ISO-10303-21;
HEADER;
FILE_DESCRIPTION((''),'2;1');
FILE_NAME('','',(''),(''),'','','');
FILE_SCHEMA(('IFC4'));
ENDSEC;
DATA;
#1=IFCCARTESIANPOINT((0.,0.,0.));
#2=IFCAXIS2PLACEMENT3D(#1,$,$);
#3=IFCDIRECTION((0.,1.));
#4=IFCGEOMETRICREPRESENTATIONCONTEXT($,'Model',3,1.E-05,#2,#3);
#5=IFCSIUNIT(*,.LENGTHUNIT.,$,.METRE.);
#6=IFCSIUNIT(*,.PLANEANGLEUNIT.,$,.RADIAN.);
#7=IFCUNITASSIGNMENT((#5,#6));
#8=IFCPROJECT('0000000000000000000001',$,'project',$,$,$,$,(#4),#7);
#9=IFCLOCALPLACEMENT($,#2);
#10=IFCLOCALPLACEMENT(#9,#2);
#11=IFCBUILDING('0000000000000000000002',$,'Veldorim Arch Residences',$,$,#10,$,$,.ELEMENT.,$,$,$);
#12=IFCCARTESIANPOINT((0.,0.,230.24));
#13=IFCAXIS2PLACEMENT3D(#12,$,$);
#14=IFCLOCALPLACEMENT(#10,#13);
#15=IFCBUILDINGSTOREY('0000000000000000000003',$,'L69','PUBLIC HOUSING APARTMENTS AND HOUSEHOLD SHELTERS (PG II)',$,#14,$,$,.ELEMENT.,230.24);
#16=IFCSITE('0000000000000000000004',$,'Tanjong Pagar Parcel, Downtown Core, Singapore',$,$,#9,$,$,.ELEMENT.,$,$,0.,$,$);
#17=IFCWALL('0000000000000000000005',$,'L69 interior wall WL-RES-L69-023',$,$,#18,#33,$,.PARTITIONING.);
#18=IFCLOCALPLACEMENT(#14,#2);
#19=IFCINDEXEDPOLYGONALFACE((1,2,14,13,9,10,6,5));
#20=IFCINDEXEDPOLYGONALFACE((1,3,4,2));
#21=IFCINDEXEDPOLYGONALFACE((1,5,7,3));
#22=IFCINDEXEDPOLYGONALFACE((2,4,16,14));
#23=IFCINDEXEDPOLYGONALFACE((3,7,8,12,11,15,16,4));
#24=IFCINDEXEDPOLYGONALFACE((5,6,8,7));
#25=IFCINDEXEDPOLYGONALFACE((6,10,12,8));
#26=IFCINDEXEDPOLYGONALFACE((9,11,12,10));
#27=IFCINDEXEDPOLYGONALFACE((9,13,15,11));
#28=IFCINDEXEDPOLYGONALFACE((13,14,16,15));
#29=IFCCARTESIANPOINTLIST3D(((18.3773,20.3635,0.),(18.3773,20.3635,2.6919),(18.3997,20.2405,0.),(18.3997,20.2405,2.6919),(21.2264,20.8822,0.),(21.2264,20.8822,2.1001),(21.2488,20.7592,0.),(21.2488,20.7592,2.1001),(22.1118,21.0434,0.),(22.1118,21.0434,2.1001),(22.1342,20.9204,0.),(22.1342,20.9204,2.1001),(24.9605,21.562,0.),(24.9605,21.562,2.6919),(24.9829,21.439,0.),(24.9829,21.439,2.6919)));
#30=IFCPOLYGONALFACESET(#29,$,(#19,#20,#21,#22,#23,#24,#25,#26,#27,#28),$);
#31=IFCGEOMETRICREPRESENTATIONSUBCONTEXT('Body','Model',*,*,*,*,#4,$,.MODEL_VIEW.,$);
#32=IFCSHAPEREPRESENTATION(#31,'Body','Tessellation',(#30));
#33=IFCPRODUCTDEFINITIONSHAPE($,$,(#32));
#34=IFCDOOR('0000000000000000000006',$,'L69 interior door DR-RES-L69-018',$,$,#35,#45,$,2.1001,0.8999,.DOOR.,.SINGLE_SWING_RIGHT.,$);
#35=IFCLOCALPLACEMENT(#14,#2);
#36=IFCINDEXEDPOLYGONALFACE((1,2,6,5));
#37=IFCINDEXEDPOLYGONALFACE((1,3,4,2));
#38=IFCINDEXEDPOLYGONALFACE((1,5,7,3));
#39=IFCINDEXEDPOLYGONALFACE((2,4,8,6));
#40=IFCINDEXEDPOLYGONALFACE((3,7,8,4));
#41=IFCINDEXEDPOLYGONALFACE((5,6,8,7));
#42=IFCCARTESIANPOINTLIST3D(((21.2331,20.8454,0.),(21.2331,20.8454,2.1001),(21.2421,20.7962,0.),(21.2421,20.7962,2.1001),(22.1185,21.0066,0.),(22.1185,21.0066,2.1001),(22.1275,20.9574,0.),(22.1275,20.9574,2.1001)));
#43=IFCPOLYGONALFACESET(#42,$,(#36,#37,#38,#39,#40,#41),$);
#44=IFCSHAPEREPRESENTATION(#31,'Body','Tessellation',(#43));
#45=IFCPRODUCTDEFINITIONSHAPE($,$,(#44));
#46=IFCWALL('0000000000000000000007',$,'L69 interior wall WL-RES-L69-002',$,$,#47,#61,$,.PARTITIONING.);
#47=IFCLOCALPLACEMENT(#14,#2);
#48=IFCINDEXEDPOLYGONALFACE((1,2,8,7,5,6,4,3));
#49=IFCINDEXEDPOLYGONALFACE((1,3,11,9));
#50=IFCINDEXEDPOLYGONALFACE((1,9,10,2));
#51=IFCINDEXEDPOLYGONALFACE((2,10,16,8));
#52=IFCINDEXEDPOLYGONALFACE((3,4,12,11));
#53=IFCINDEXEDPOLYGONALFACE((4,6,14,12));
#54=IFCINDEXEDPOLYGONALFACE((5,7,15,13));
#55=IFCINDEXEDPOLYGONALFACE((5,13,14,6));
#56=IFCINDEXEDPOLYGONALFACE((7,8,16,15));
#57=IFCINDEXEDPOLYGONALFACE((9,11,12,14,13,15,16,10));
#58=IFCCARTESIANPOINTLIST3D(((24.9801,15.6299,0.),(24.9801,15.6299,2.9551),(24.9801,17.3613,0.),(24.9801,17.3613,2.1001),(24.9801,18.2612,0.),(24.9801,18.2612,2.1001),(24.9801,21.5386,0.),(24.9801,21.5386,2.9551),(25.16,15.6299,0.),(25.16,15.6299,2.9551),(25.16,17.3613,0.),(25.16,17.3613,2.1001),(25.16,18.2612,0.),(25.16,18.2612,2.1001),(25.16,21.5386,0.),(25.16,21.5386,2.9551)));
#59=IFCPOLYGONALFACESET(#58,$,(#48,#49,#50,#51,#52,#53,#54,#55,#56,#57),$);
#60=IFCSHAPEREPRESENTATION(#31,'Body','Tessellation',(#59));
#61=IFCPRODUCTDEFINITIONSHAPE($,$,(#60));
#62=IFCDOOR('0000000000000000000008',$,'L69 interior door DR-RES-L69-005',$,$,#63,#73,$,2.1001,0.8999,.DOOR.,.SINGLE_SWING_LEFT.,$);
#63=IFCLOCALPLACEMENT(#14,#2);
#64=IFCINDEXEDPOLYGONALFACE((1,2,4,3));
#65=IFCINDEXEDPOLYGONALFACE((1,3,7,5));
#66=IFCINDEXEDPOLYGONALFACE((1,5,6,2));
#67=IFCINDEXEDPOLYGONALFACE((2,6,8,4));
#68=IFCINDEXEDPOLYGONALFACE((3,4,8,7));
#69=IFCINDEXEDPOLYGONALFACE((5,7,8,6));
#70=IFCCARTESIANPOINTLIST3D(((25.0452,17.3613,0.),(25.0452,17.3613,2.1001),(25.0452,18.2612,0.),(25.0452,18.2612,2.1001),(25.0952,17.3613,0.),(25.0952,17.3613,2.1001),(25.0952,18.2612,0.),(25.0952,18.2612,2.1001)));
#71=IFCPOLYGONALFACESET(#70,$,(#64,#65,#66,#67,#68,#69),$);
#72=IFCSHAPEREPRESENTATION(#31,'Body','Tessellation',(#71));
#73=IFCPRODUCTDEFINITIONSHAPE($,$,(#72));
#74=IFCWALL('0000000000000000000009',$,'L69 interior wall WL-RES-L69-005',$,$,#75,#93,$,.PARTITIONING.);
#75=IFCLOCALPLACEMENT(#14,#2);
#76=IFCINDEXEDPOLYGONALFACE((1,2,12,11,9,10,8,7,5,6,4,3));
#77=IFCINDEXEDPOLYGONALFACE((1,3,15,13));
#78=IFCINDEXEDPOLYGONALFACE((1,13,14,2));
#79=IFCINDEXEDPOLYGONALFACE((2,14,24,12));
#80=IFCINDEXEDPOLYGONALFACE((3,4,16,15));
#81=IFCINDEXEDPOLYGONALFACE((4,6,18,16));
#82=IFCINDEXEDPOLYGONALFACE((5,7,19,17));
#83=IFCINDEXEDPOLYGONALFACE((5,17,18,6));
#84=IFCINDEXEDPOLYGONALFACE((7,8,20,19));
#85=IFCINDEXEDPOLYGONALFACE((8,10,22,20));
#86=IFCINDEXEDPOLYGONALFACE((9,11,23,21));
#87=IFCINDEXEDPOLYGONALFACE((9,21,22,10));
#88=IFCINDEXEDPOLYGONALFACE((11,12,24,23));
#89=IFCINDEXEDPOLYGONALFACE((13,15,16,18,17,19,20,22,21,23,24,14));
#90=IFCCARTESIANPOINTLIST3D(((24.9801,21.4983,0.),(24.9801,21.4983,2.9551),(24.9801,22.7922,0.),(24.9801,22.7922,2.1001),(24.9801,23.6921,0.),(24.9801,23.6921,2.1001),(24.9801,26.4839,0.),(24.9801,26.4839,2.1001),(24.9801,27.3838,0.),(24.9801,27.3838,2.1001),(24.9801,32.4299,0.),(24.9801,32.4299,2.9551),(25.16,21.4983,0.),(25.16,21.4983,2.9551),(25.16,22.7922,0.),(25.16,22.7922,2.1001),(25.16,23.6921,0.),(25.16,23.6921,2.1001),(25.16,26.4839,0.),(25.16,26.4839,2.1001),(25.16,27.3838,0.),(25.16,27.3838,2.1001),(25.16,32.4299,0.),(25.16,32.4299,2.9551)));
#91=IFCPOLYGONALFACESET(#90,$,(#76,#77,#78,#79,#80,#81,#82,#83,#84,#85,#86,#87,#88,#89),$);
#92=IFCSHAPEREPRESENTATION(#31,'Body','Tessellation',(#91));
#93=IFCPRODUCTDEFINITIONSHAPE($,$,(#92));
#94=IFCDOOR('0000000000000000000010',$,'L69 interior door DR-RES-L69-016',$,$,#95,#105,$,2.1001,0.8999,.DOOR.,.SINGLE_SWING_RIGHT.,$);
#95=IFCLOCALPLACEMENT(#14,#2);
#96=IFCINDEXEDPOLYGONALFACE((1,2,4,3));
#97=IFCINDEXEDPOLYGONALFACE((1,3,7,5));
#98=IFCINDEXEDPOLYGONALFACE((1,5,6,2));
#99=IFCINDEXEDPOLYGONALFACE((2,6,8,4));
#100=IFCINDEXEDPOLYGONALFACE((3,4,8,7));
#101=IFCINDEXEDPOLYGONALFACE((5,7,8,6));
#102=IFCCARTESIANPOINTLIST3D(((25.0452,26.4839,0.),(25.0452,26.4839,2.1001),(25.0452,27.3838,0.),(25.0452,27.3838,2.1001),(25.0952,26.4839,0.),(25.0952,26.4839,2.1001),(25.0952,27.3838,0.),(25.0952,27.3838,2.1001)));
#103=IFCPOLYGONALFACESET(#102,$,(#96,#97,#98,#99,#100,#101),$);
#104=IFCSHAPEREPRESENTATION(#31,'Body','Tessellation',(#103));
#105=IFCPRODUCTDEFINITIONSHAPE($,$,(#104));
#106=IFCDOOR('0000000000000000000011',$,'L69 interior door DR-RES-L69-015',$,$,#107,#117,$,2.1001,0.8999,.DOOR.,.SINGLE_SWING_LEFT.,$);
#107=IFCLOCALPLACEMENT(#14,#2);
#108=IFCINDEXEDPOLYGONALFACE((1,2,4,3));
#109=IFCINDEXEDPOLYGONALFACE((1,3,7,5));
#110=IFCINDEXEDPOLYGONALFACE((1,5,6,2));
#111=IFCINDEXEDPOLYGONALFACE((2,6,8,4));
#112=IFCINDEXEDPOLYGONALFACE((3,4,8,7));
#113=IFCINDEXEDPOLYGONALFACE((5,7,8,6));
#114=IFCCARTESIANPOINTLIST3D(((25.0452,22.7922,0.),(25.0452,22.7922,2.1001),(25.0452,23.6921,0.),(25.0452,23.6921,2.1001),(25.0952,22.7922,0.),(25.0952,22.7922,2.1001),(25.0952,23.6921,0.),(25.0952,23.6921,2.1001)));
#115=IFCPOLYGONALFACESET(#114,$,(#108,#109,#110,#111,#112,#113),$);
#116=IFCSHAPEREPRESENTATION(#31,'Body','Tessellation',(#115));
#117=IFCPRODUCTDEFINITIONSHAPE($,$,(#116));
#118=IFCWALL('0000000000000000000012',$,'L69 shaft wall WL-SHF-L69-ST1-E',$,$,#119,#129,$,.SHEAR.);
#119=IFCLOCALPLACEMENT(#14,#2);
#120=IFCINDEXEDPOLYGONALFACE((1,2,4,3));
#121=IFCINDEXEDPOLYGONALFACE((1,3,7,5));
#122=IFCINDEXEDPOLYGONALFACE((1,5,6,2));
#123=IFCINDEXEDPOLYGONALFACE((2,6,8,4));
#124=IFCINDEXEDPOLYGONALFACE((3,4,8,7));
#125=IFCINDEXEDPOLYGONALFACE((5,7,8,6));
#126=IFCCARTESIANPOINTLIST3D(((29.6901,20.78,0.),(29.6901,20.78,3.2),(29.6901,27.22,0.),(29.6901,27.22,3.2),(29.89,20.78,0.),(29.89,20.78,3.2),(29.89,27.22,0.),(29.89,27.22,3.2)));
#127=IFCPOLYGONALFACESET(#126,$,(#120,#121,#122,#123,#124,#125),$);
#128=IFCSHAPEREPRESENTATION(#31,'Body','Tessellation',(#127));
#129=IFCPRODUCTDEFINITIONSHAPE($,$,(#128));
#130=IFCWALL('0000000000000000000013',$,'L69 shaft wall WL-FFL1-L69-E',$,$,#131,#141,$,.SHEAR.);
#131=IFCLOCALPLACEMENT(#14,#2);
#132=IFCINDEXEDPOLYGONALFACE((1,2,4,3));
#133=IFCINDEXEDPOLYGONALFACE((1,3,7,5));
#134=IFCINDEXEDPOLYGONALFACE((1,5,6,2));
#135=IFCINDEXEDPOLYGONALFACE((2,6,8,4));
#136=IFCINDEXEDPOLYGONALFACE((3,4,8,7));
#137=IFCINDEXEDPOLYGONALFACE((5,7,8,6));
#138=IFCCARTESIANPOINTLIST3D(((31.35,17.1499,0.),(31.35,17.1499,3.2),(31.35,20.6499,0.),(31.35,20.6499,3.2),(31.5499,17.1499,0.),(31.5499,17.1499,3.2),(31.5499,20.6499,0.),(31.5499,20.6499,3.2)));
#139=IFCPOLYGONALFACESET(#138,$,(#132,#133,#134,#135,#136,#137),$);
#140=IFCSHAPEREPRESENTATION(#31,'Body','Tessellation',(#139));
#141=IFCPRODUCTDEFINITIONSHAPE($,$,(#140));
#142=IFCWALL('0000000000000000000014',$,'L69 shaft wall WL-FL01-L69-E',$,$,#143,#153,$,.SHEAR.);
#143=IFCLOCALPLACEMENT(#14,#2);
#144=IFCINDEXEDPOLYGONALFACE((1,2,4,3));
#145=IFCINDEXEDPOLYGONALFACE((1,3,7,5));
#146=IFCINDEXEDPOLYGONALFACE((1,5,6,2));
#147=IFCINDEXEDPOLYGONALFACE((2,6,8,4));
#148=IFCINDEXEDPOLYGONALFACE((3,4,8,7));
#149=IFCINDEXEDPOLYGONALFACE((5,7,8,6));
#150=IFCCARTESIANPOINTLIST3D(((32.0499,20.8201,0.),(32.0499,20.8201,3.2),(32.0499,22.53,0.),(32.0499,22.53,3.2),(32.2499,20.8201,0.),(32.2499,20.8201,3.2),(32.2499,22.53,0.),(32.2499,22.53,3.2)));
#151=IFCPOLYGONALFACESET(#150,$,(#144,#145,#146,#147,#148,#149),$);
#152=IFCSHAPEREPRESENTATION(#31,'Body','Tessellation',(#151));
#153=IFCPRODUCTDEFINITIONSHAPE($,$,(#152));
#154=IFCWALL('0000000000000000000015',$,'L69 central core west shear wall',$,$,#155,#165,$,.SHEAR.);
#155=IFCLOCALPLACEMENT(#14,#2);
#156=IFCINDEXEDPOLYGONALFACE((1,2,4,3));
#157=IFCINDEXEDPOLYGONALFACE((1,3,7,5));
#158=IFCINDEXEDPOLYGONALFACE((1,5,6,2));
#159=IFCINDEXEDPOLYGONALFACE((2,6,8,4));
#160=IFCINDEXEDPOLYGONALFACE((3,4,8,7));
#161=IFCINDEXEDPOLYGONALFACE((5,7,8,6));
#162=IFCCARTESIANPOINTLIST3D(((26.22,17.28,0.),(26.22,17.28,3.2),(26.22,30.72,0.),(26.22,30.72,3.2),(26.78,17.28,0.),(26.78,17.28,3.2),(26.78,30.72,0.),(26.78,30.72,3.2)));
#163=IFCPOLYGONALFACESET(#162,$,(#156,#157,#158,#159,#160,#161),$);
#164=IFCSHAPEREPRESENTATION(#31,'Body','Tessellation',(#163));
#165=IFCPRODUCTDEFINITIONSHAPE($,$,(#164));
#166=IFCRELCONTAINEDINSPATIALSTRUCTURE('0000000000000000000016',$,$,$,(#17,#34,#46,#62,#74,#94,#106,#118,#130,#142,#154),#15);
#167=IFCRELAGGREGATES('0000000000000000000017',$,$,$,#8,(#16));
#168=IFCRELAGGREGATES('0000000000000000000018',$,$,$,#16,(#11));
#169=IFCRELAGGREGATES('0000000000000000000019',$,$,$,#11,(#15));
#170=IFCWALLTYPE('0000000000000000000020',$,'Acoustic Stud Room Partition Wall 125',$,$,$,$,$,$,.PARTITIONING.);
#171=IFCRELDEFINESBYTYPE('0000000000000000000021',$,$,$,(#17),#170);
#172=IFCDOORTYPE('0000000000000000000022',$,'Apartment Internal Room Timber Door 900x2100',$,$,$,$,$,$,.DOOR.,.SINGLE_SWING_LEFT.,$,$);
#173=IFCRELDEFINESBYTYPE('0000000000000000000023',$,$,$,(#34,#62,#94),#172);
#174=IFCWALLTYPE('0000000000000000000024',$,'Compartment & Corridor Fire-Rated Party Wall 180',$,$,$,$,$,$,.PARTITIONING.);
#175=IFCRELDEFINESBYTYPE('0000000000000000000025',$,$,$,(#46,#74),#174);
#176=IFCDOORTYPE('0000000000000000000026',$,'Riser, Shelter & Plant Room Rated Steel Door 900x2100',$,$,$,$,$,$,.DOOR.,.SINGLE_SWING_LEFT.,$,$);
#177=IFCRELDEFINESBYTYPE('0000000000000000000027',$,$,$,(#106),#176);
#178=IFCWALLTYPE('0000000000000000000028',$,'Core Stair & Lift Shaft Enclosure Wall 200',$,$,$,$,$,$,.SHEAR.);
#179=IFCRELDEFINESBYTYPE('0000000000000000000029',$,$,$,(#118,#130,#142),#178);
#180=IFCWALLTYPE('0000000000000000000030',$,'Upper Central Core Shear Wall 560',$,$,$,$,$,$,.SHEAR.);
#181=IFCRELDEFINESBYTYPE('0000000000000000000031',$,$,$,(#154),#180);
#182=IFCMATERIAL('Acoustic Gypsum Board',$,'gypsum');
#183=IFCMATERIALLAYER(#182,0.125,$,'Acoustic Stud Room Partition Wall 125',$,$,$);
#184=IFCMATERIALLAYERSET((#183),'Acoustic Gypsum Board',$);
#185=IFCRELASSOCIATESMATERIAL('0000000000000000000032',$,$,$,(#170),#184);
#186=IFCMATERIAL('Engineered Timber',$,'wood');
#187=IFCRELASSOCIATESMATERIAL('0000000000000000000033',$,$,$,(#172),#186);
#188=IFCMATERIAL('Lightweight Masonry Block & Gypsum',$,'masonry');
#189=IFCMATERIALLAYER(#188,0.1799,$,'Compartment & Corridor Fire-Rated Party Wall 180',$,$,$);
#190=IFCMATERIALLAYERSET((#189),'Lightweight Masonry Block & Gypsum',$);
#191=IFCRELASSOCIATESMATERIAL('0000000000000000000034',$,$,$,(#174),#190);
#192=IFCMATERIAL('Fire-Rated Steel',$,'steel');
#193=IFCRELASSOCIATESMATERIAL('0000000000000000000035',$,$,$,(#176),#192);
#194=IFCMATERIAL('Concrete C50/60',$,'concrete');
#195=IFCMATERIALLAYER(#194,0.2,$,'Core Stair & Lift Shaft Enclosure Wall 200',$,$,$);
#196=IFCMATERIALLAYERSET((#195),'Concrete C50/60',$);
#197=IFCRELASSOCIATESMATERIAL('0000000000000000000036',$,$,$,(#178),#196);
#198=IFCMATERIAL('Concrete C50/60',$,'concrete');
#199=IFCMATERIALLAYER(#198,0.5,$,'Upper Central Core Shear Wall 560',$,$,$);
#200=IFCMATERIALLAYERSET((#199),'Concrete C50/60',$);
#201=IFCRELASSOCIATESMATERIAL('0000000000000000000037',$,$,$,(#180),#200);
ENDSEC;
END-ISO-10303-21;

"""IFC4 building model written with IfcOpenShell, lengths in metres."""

from ifc_helpers import new_model, si_unit, direction, frame, frame_2d, origin, place, context, subcontext, project, spatial, rectangle, extrude, material, layer, layer_set, type_object, element, fill, save


model = new_model("IFC4")

# Units and contexts
model_context = context("Model", 3, precision=1e-05, world=origin(), true_north=direction((0.0, 1.0)))
body_context = subcontext(model_context, "Body", "Model", "MODEL_VIEW")
ifc_project = project(units=[si_unit("LENGTHUNIT", "METRE"), si_unit("PLANEANGLEUNIT", "RADIAN")], contexts=[model_context])

# Site, building, storey
site_placement = place(None, origin())
site = spatial("IfcSite", under=ifc_project, at=site_placement, Name="Tanjong Pagar Parcel, Downtown Core, Singapore", CompositionType="ELEMENT", RefElevation=0.0)
building_placement = place(site_placement, origin())
building = spatial("IfcBuilding", under=site, at=building_placement, Name="Veldorim Arch Residences", CompositionType="ELEMENT")
storey_placement = place(building_placement, frame((0.0, 0.0, 230.24)))
storey = spatial("IfcBuildingStorey", under=building, at=storey_placement, Name="L69", Description="PUBLIC HOUSING APARTMENTS AND HOUSEHOLD SHELTERS (PG II)", CompositionType="ELEMENT", Elevation=230.24)

# Walls, openings, doors
ifc_material_1 = material(Name="Acoustic Gypsum Board", Category="gypsum")
ifc_layer_1 = layer(ifc_material_1, 0.125, Name="Acoustic Stud Room Partition Wall 125")
ifc_layer_set_1 = layer_set([ifc_layer_1], Name="Acoustic Gypsum Board")
wall_type_1 = type_object("IfcWallType", Name="Acoustic Stud Room Partition Wall 125", PredefinedType="PARTITIONING", material=ifc_layer_set_1)
wall_1_placement = place(storey_placement, frame((24.9717, 21.5005, 0.0), z_axis=(0.0, 0.0, 1.0), x_axis=(-0.98383, -0.179107, 0.0)))
wall_1 = element("IfcWall", 1, at=wall_1_placement, inside=storey, type_object=wall_type_1, Name="L69 interior wall WL-RES-L69-023", PredefinedType="PARTITIONING", context=body_context, shape_type="SweptSolid", body=[
    extrude(rectangle(XDim=6.6914, YDim=0.125, at=frame_2d((3.3457, 0.0))), origin(), (0.0, 0.0, 1.0), 2.6919),
])
opening_1_placement = place(wall_1_placement, frame((2.8955, 0.0, 0.0)))
opening_1 = element("IfcOpeningElement", 2, at=opening_1_placement, cuts=wall_1, PredefinedType="OPENING", context=body_context, shape_type="SweptSolid", body=[
    extrude(rectangle(XDim=0.8999, YDim=2.1001, at=frame_2d((0.45, 1.05))), frame((0.0, 0.0725, 0.0), z_axis=(0.0, -1.0, 0.0), x_axis=(1.0, 0.0, 0.0)), (0.0, 0.0, 1.0), 0.145),
])
ifc_material_2 = material(Name="Engineered Timber", Category="wood")
door_type_1 = type_object("IfcDoorType", Name="Apartment Internal Room Timber Door 900x2100", OperationType="SINGLE_SWING_LEFT", PredefinedType="DOOR", material=ifc_material_2)
door_1_placement = place(opening_1_placement, origin())
door_1 = element("IfcDoor", 3, at=door_1_placement, inside=storey, type_object=door_type_1, Name="L69 interior door DR-RES-L69-018", OperationType="SINGLE_SWING_RIGHT", OverallHeight=2.1001, OverallWidth=0.8999, PredefinedType="DOOR", context=body_context, shape_type="SweptSolid", body=[
    extrude(rectangle(XDim=0.8999, YDim=2.1001, at=frame_2d((0.45, 1.05))), frame((0.0, 0.0249, 0.0), z_axis=(0.0, -1.0, 0.0), x_axis=(1.0, 0.0, 0.0)), (0.0, 0.0, 1.0), 0.05),
])
fill(opening_1, door_1)
ifc_material_3 = material(Name="Lightweight Masonry Block & Gypsum", Category="masonry")
ifc_layer_2 = layer(ifc_material_3, 0.1799, Name="Compartment & Corridor Fire-Rated Party Wall 180")
ifc_layer_set_2 = layer_set([ifc_layer_2], Name="Lightweight Masonry Block & Gypsum")
wall_type_2 = type_object("IfcWallType", Name="Compartment & Corridor Fire-Rated Party Wall 180", PredefinedType="PARTITIONING", material=ifc_layer_set_2)
wall_2_placement = place(storey_placement, frame((25.0701, 15.6299, 0.0), z_axis=(0.0, 0.0, 1.0), x_axis=(0.0, 1.0, 0.0)))
wall_2 = element("IfcWall", 4, at=wall_2_placement, inside=storey, type_object=wall_type_2, Name="L69 interior wall WL-RES-L69-002", PredefinedType="PARTITIONING", context=body_context, shape_type="SweptSolid", body=[
    extrude(rectangle(XDim=5.9087, YDim=0.1799, at=frame_2d((2.9543, 0.0))), origin(), (0.0, 0.0, 1.0), 2.9551),
])
opening_2_placement = place(wall_2_placement, frame((1.7314, 0.0, 0.0)))
opening_2 = element("IfcOpeningElement", 5, at=opening_2_placement, cuts=wall_2, PredefinedType="OPENING", context=body_context, shape_type="SweptSolid", body=[
    extrude(rectangle(XDim=0.8999, YDim=2.1001, at=frame_2d((0.45, 1.05))), frame((0.0, 0.0999, 0.0), z_axis=(0.0, -1.0, 0.0), x_axis=(1.0, 0.0, 0.0)), (0.0, 0.0, 1.0), 0.2),
])
door_2_placement = place(opening_2_placement, origin())
door_2 = element("IfcDoor", 6, at=door_2_placement, inside=storey, type_object=door_type_1, Name="L69 interior door DR-RES-L69-005", OperationType="SINGLE_SWING_LEFT", OverallHeight=2.1001, OverallWidth=0.8999, PredefinedType="DOOR", context=body_context, shape_type="SweptSolid", body=[
    extrude(rectangle(XDim=0.8999, YDim=2.1001, at=frame_2d((0.45, 1.05))), frame((0.0, 0.0249, 0.0), z_axis=(0.0, -1.0, 0.0), x_axis=(1.0, 0.0, 0.0)), (0.0, 0.0, 1.0), 0.05),
])
fill(opening_2, door_2)

# Wall, openings, doors
wall_3_placement = place(storey_placement, frame((25.0701, 21.4983, 0.0), z_axis=(0.0, 0.0, 1.0), x_axis=(0.0, 1.0, 0.0)))
wall_3 = element("IfcWall", 7, at=wall_3_placement, inside=storey, type_object=wall_type_2, Name="L69 interior wall WL-RES-L69-005", PredefinedType="PARTITIONING", context=body_context, shape_type="SweptSolid", body=[
    extrude(rectangle(XDim=10.9316, YDim=0.1799, at=frame_2d((5.4658, 0.0))), origin(), (0.0, 0.0, 1.0), 2.9551),
])
opening_3_placement = place(wall_3_placement, frame((1.2939, 0.0, 0.0)))
opening_3 = element("IfcOpeningElement", 8, at=opening_3_placement, cuts=wall_3, PredefinedType="OPENING", context=body_context, shape_type="SweptSolid", body=[
    extrude(rectangle(XDim=0.8999, YDim=2.1001, at=frame_2d((0.45, 1.05))), frame((0.0, 0.0999, 0.0), z_axis=(0.0, -1.0, 0.0), x_axis=(1.0, 0.0, 0.0)), (0.0, 0.0, 1.0), 0.2),
])
opening_4_placement = place(wall_3_placement, frame((4.9856, 0.0, 0.0)))
opening_4 = element("IfcOpeningElement", 9, at=opening_4_placement, cuts=wall_3, PredefinedType="OPENING", context=body_context, shape_type="SweptSolid", body=[
    extrude(rectangle(XDim=0.8999, YDim=2.1001, at=frame_2d((0.45, 1.05))), frame((0.0, 0.0999, 0.0), z_axis=(0.0, -1.0, 0.0), x_axis=(1.0, 0.0, 0.0)), (0.0, 0.0, 1.0), 0.2),
])
door_3_placement = place(opening_4_placement, origin())
door_3 = element("IfcDoor", 10, at=door_3_placement, inside=storey, type_object=door_type_1, Name="L69 interior door DR-RES-L69-016", OperationType="SINGLE_SWING_RIGHT", OverallHeight=2.1001, OverallWidth=0.8999, PredefinedType="DOOR", context=body_context, shape_type="SweptSolid", body=[
    extrude(rectangle(XDim=0.8999, YDim=2.1001, at=frame_2d((0.45, 1.05))), frame((0.0, 0.0249, 0.0), z_axis=(0.0, -1.0, 0.0), x_axis=(1.0, 0.0, 0.0)), (0.0, 0.0, 1.0), 0.05),
])
fill(opening_4, door_3)
ifc_material_4 = material(Name="Fire-Rated Steel", Category="steel")
door_type_2 = type_object("IfcDoorType", Name="Riser, Shelter & Plant Room Rated Steel Door 900x2100", OperationType="SINGLE_SWING_LEFT", PredefinedType="DOOR", material=ifc_material_4)
door_4_placement = place(opening_3_placement, origin())
door_4 = element("IfcDoor", 11, at=door_4_placement, inside=storey, type_object=door_type_2, Name="L69 interior door DR-RES-L69-015", OperationType="SINGLE_SWING_LEFT", OverallHeight=2.1001, OverallWidth=0.8999, PredefinedType="DOOR", context=body_context, shape_type="SweptSolid", body=[
    extrude(rectangle(XDim=0.8999, YDim=2.1001, at=frame_2d((0.45, 1.05))), frame((0.0, 0.0249, 0.0), z_axis=(0.0, -1.0, 0.0), x_axis=(1.0, 0.0, 0.0)), (0.0, 0.0, 1.0), 0.05),
])
fill(opening_3, door_4)

# Wall
ifc_material_5 = material(Name="Concrete C50/60", Category="concrete")
ifc_layer_3 = layer(ifc_material_5, 0.2, Name="Core Stair & Lift Shaft Enclosure Wall 200")
ifc_layer_set_3 = layer_set([ifc_layer_3], Name="Concrete C50/60")
wall_type_3 = type_object("IfcWallType", Name="Core Stair & Lift Shaft Enclosure Wall 200", PredefinedType="SHEAR", material=ifc_layer_set_3)
wall_4_placement = place(storey_placement, frame((29.79, 20.78, 0.0), z_axis=(0.0, 0.0, 1.0), x_axis=(0.0, 1.0, 0.0)))
element("IfcWall", 12, at=wall_4_placement, inside=storey, type_object=wall_type_3, Name="L69 shaft wall WL-SHF-L69-ST1-E", PredefinedType="SHEAR", context=body_context, shape_type="SweptSolid", body=[
    extrude(rectangle(XDim=6.4399, YDim=0.2, at=frame_2d((3.22, 0.0))), origin(), (0.0, 0.0, 1.0), 3.2),
])

# Wall
wall_5_placement = place(storey_placement, frame((31.45, 17.1499, 0.0), z_axis=(0.0, 0.0, 1.0), x_axis=(0.0, 1.0, 0.0)))
element("IfcWall", 13, at=wall_5_placement, inside=storey, type_object=wall_type_3, Name="L69 shaft wall WL-FFL1-L69-E", PredefinedType="SHEAR", context=body_context, shape_type="SweptSolid", body=[
    extrude(rectangle(XDim=3.5, YDim=0.2, at=frame_2d((1.75, 0.0))), origin(), (0.0, 0.0, 1.0), 3.2),
])

# Wall
wall_6_placement = place(storey_placement, frame((32.1499, 20.8201, 0.0), z_axis=(0.0, 0.0, 1.0), x_axis=(0.0, 1.0, 0.0)))
element("IfcWall", 14, at=wall_6_placement, inside=storey, type_object=wall_type_3, Name="L69 shaft wall WL-FL01-L69-E", PredefinedType="SHEAR", context=body_context, shape_type="SweptSolid", body=[
    extrude(rectangle(XDim=1.71, YDim=0.2, at=frame_2d((0.855, 0.0))), origin(), (0.0, 0.0, 1.0), 3.2),
])

# Shared definitions
ifc_material_6 = material(Name="Concrete C50/60", Category="concrete")
ifc_layer_4 = layer(ifc_material_6, 0.5, Name="Upper Central Core Shear Wall 560")
ifc_layer_set_4 = layer_set([ifc_layer_4], Name="Concrete C50/60")
wall_type_4 = type_object("IfcWallType", Name="Upper Central Core Shear Wall 560", PredefinedType="SHEAR", material=ifc_layer_set_4)

# Wall
wall_7_placement = place(storey_placement, frame((26.5, 17.28, 0.0), z_axis=(0.0, 0.0, 1.0), x_axis=(0.0, 1.0, 0.0)))
element("IfcWall", 15, at=wall_7_placement, inside=storey, type_object=wall_type_4, Name="L69 central core west shear wall", PredefinedType="SHEAR", context=body_context, shape_type="SweptSolid", body=[
    extrude(rectangle(XDim=13.4399, YDim=0.5601, at=frame_2d((6.72, 0.0))), origin(), (0.0, 0.0, 1.0), 3.2),
])

save(model, "model.ifc")
